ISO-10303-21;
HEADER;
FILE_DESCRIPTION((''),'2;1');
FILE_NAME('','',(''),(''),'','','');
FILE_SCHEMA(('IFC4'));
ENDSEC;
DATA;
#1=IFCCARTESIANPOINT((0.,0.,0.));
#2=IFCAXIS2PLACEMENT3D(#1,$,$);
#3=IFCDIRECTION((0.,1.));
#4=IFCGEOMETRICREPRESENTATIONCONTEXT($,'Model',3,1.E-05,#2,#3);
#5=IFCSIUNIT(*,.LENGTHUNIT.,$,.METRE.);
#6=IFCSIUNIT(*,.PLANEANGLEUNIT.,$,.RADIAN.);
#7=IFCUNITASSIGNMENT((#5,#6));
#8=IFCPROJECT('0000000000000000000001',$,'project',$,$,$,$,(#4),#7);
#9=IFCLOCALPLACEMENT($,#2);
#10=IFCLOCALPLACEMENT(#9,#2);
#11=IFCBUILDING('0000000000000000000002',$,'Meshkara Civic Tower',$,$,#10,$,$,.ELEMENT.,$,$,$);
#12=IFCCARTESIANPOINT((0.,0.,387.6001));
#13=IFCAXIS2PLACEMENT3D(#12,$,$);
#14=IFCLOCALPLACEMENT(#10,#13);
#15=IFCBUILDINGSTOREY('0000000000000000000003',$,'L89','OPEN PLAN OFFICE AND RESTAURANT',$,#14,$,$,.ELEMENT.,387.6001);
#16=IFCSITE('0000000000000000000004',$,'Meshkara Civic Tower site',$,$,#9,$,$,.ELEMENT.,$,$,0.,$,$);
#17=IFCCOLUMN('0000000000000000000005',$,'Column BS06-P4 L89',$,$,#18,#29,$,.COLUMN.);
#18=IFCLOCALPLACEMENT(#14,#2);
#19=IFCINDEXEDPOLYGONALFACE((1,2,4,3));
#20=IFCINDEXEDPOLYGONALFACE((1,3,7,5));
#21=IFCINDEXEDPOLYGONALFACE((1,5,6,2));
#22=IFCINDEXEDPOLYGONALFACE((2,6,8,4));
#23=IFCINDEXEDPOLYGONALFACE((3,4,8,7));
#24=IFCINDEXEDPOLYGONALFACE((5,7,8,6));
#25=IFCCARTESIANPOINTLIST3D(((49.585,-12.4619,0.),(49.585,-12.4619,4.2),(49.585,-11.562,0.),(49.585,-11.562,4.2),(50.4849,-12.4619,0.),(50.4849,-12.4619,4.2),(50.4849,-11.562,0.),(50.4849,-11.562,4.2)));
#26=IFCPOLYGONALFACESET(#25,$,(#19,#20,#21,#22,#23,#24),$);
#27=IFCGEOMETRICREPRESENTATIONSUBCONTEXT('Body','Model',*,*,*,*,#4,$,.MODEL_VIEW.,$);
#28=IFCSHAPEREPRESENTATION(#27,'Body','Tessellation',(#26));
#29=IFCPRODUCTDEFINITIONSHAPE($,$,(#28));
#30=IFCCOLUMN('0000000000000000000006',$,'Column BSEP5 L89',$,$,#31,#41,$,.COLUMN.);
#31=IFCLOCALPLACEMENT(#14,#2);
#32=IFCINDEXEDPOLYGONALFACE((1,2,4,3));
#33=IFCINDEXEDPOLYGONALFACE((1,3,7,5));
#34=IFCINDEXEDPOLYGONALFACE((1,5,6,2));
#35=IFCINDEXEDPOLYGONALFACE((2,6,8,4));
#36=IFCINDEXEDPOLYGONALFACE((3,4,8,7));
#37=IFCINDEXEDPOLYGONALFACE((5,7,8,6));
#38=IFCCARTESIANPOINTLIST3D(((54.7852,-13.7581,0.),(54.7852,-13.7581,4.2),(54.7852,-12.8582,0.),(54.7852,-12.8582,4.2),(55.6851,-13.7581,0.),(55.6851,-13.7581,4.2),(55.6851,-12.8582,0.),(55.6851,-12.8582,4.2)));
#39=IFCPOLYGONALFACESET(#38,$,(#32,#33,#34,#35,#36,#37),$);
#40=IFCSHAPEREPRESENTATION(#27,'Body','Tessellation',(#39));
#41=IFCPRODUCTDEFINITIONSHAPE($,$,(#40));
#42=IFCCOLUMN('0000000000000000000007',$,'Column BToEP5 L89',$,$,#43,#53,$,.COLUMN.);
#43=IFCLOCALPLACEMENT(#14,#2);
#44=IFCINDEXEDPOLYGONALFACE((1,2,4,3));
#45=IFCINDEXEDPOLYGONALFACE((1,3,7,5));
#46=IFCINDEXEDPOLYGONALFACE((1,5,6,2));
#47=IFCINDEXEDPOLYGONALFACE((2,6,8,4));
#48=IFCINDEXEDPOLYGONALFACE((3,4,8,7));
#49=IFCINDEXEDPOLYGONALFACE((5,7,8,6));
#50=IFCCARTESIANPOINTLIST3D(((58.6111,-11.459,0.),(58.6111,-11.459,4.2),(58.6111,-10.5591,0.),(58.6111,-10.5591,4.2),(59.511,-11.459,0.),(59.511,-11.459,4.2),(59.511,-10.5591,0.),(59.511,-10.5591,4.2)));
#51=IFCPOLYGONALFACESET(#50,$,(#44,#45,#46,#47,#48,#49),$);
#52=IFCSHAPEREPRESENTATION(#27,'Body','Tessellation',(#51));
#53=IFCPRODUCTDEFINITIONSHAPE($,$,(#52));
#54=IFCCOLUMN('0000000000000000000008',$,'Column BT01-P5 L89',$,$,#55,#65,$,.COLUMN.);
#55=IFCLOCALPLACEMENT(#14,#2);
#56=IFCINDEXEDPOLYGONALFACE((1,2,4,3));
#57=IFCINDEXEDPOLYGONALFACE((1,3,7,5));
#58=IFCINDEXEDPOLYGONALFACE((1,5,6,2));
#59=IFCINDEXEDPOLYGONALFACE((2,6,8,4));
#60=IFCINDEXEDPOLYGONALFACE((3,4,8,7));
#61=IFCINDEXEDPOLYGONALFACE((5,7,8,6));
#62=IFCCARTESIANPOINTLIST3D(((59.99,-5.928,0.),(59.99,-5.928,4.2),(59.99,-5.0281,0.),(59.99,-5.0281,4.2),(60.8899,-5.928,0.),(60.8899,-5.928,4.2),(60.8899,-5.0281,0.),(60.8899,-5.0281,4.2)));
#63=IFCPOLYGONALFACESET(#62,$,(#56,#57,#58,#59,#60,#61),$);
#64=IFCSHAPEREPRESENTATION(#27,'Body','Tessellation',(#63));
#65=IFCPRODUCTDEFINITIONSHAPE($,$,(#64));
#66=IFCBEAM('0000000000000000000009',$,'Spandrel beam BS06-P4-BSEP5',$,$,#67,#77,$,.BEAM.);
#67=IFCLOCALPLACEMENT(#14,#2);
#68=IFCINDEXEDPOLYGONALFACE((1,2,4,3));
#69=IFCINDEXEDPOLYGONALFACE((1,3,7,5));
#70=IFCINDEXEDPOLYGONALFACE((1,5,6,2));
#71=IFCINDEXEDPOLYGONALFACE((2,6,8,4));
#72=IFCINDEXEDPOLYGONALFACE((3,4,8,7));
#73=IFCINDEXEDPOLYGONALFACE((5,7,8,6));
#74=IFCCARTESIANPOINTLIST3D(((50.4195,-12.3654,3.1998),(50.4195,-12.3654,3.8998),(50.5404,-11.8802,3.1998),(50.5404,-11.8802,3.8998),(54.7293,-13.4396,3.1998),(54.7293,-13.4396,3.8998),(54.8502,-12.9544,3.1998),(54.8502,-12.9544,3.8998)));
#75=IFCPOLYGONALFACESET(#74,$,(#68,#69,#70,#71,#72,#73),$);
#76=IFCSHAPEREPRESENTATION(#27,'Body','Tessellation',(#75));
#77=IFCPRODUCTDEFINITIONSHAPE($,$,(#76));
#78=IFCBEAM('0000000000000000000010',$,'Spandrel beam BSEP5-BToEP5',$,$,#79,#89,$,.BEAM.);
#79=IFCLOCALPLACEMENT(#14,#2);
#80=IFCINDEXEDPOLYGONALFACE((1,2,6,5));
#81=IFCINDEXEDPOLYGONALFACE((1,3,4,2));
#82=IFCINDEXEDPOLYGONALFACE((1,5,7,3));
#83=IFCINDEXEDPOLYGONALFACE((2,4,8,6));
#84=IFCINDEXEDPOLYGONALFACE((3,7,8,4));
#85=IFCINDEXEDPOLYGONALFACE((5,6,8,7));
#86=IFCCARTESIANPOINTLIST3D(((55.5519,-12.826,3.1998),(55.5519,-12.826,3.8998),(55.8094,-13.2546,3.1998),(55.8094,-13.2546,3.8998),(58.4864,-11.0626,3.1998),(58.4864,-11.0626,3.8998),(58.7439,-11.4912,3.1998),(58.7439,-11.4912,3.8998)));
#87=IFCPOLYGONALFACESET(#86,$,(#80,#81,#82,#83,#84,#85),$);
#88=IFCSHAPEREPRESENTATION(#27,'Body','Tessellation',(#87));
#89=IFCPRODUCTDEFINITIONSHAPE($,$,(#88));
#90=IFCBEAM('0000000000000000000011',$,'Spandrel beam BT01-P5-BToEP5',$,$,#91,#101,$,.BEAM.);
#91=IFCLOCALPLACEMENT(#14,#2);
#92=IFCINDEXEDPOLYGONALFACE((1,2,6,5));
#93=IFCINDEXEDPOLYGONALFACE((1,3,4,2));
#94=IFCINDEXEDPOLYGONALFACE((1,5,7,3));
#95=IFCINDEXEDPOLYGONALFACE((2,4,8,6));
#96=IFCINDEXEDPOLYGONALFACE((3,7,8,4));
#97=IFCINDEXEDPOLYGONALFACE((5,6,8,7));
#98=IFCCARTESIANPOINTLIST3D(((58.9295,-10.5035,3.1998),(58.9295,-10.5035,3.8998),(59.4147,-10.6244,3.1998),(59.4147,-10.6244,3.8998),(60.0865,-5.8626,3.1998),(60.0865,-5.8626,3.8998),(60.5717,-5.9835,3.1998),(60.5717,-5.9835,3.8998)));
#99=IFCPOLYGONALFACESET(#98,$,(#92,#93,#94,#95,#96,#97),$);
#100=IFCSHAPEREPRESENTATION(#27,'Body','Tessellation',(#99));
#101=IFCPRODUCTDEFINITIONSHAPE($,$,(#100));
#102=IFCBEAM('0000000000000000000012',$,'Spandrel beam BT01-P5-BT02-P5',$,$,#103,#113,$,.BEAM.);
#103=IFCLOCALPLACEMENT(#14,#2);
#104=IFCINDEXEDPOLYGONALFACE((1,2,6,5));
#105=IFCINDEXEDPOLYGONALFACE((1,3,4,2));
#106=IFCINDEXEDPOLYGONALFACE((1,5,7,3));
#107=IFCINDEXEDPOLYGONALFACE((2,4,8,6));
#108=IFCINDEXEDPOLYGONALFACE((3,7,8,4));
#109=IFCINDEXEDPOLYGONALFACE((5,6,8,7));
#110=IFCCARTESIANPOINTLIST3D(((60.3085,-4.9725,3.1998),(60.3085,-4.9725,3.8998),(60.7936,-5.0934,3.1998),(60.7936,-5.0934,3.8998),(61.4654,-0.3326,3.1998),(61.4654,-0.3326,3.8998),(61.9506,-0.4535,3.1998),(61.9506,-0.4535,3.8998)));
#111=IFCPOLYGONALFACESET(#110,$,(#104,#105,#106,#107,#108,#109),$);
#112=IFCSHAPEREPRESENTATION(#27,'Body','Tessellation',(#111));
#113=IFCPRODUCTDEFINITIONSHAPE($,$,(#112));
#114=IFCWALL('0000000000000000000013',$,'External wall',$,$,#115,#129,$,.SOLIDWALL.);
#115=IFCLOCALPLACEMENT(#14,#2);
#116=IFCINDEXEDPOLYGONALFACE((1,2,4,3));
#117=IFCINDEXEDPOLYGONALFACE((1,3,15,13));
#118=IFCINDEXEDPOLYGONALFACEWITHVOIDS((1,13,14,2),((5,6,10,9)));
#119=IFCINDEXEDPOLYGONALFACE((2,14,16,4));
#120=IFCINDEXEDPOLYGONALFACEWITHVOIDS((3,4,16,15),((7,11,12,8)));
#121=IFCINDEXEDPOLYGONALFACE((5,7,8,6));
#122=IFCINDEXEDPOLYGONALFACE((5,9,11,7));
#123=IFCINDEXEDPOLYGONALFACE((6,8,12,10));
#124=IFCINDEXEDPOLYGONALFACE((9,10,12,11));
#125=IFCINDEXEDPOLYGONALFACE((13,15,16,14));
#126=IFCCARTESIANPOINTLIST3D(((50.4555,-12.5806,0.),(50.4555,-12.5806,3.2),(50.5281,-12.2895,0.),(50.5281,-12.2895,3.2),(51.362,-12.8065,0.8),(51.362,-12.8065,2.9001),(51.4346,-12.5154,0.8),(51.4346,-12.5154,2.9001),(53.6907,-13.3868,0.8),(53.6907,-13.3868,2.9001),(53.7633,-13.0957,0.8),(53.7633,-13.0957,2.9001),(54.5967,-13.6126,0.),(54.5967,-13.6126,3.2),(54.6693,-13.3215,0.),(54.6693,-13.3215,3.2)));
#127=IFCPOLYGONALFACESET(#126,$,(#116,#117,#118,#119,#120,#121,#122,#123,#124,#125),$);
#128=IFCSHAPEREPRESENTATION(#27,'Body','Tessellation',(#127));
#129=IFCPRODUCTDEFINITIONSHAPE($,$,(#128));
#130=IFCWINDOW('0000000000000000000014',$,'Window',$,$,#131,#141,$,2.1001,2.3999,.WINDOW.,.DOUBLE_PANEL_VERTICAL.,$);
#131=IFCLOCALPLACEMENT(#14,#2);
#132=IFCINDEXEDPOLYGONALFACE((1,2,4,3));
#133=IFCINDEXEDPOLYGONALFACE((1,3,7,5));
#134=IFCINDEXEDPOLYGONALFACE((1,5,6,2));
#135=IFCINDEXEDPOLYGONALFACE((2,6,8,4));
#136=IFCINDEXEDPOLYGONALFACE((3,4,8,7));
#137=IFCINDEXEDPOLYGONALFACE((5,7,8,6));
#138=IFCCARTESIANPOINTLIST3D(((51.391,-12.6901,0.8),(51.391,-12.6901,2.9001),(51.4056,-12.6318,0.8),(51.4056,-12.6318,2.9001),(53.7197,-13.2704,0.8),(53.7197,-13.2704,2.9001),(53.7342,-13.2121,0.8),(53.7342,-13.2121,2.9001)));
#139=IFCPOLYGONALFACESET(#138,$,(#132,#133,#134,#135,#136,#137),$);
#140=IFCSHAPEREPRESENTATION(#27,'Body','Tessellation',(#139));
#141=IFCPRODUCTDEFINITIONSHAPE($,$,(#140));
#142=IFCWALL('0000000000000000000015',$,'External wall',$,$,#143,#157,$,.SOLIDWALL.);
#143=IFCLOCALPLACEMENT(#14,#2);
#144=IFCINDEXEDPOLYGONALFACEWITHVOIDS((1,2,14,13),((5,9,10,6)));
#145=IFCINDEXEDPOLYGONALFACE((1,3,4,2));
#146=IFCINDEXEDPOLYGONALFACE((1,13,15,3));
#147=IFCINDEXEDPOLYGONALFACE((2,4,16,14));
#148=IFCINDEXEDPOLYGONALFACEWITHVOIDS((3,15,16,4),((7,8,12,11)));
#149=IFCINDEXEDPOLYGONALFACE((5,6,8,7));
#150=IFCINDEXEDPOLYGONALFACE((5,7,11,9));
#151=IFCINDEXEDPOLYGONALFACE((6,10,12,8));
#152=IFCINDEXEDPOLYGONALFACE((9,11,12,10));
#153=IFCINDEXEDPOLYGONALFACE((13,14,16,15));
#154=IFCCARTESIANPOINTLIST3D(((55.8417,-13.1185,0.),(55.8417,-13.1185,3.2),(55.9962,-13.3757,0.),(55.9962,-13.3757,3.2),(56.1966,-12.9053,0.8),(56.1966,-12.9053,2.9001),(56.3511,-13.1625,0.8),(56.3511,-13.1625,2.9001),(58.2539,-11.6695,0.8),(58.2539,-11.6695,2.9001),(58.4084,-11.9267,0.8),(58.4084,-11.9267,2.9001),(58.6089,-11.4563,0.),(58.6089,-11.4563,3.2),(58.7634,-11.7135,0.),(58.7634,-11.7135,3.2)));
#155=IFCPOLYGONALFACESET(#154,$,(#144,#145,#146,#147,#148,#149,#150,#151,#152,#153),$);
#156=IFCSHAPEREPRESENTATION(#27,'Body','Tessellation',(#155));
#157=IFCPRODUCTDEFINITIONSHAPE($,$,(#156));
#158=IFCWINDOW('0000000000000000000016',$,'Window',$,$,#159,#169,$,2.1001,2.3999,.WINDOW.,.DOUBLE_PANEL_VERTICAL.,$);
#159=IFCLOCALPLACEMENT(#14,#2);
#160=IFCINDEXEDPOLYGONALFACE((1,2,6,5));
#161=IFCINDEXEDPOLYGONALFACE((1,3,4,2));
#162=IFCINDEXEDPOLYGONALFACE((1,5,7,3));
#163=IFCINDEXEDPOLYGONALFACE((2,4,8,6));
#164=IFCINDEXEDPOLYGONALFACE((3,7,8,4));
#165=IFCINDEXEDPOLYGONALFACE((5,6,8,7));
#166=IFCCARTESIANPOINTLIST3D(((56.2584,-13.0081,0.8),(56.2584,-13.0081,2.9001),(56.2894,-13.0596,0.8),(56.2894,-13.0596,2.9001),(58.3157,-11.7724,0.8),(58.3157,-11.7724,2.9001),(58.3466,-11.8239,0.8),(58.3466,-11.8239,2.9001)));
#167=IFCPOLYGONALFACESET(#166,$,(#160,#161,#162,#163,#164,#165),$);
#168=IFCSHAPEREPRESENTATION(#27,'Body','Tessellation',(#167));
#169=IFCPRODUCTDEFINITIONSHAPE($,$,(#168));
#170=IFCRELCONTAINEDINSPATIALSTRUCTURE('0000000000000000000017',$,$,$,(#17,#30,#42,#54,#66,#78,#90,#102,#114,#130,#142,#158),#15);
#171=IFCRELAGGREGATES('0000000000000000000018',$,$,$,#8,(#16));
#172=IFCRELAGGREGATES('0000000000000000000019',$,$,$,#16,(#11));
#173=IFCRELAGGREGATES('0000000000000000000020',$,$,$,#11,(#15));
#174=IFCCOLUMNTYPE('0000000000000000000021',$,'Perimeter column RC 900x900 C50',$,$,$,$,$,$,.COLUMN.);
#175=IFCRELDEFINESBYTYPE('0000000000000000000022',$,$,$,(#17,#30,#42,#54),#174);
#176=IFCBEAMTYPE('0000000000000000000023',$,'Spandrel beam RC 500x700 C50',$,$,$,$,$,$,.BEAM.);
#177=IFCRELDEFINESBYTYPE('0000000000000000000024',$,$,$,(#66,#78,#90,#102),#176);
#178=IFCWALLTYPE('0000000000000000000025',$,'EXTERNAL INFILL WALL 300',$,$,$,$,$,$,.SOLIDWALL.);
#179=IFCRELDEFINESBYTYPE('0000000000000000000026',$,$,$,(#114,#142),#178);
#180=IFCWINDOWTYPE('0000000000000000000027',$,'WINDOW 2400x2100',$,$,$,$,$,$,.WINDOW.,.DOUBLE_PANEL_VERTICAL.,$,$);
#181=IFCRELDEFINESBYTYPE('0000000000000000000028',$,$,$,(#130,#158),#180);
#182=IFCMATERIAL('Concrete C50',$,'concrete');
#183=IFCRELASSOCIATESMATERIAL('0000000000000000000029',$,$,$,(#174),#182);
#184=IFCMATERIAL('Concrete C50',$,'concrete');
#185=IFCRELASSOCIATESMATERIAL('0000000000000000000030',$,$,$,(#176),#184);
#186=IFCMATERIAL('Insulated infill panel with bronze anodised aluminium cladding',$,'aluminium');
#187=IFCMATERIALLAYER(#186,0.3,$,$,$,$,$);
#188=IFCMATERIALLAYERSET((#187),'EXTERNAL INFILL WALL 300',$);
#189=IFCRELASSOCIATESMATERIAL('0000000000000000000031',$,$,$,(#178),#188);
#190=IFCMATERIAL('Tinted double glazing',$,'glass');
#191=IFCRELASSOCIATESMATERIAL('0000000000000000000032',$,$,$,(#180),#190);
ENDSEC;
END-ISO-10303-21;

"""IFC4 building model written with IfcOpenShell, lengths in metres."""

from ifc_helpers import new_model, si_unit, direction, frame, frame_2d, origin, origin_2d, place, context, subcontext, project, spatial, rectangle, extrude, material, layer, layer_set, material_profile, profile_set, type_object, element, fill, save


model = new_model("IFC4")

# Units and contexts
model_context = context("Model", 3, precision=1e-05, world=origin(), true_north=direction((0.0, 1.0)))
body_context = subcontext(model_context, "Body", "Model", "MODEL_VIEW")
ifc_project = project(units=[si_unit("LENGTHUNIT", "METRE"), si_unit("PLANEANGLEUNIT", "RADIAN")], contexts=[model_context])

# Site, building, storey
site_placement = place(None, origin())
site = spatial("IfcSite", under=ifc_project, at=site_placement, Name="Meshkara Civic Tower site", CompositionType="ELEMENT", RefElevation=0.0)
building_placement = place(site_placement, origin())
building = spatial("IfcBuilding", under=site, at=building_placement, Name="Meshkara Civic Tower", CompositionType="ELEMENT")
storey_placement = place(building_placement, frame((0.0, 0.0, 387.6001)))
storey = spatial("IfcBuildingStorey", under=building, at=storey_placement, Name="L89", Description="OPEN PLAN OFFICE AND RESTAURANT", CompositionType="ELEMENT", Elevation=387.6001)

# Columns
ifc_material_1 = material(Name="Concrete C50", Category="concrete")
ifc_material_profile_1 = material_profile(ifc_material_1, rectangle(XDim=0.8999, YDim=0.8999, at=origin_2d()))
ifc_profile_set_1 = profile_set([ifc_material_profile_1], Name="Concrete C50")
column_type = type_object("IfcColumnType", Name="Perimeter column RC 900x900 C50", PredefinedType="COLUMN", material=ifc_profile_set_1)
for number, where, z_axis, x_axis, name in (
    (1, (50.0349, -12.012, 0.0), (0.0, 0.0, 1.0), (1.0, 0.0, 0.0), "Column BS06-P4 L89"),
    (2, (55.2351, -13.3081, 0.0), (0.0, 0.0, 1.0), (1.0, 0.0, 0.0), "Column BSEP5 L89"),
    (3, (59.061, -11.009, 0.0), (0.0, 0.0, 1.0), (1.0, 0.0, 0.0), "Column BToEP5 L89"),
    (4, (60.4399, -5.478, 0.0), (0.0, 0.0, 1.0), (1.0, 0.0, 0.0), "Column BT01-P5 L89"),
):
    element("IfcColumn", number, at=place(storey_placement, frame(where, z_axis=z_axis, x_axis=x_axis)), inside=storey, type_object=column_type, Name=name, PredefinedType="COLUMN", context=body_context, shape_type="SweptSolid", body=[
        extrude(rectangle(XDim=0.8999, YDim=0.8999, at=origin_2d()), origin(), (0.0, 0.0, 1.0), 4.2),
    ])

# Beams
ifc_material_2 = material(Name="Concrete C50", Category="concrete")
ifc_material_profile_2 = material_profile(ifc_material_2, rectangle(XDim=0.5, YDim=0.7, at=origin_2d()))
ifc_profile_set_2 = profile_set([ifc_material_profile_2], Name="Concrete C50")
beam_type = type_object("IfcBeamType", Name="Spandrel beam RC 500x700 C50", PredefinedType="BEAM", material=ifc_profile_set_2)
beam_1_placement = place(storey_placement, frame((50.48, -12.1228, 3.5498), z_axis=(0.970314, -0.24185, 0.0), x_axis=(0.24185, 0.970314, 0.0)))
element("IfcBeam", 5, at=beam_1_placement, inside=storey, type_object=beam_type, Name="Spandrel beam BS06-P4-BSEP5", PredefinedType="BEAM", context=body_context, shape_type="SweptSolid", body=[
    extrude(rectangle(XDim=0.5, YDim=0.7, at=origin_2d()), origin(), (0.0, 0.0, 1.0), 4.4417),
])
beam_2_placement = place(storey_placement, frame((55.6807, -13.0403, 3.5498), z_axis=(0.857147, 0.515072, 0.0), x_axis=(-0.515072, 0.857147, 0.0)))
element("IfcBeam", 6, at=beam_2_placement, inside=storey, type_object=beam_type, Name="Spandrel beam BSEP5-BToEP5", PredefinedType="BEAM", context=body_context, shape_type="SweptSolid", body=[
    extrude(rectangle(XDim=0.5, YDim=0.7, at=origin_2d()), origin(), (0.0, 0.0, 1.0), 3.4236),
])
beam_3_placement = place(storey_placement, frame((59.1721, -10.564, 3.5498), z_axis=(0.241899, 0.970301, 0.0), x_axis=(-0.970301, 0.241899, 0.0)))
element("IfcBeam", 7, at=beam_3_placement, inside=storey, type_object=beam_type, Name="Spandrel beam BT01-P5-BToEP5", PredefinedType="BEAM", context=body_context, shape_type="SweptSolid", body=[
    extrude(rectangle(XDim=0.5, YDim=0.7, at=origin_2d()), origin(), (0.0, 0.0, 1.0), 4.783),
])
beam_4_placement = place(storey_placement, frame((60.551, -5.033, 3.5498), z_axis=(0.241947, 0.970289, 0.0), x_axis=(-0.970289, 0.241947, 0.0)))
element("IfcBeam", 8, at=beam_4_placement, inside=storey, type_object=beam_type, Name="Spandrel beam BT01-P5-BT02-P5", PredefinedType="BEAM", context=body_context, shape_type="SweptSolid", body=[
    extrude(rectangle(XDim=0.5, YDim=0.7, at=origin_2d()), origin(), (0.0, 0.0, 1.0), 4.782),
])

# Walls, openings, windows
ifc_material_3 = material(Name="Insulated infill panel with bronze anodised aluminium cladding", Category="aluminium")
ifc_layer_1 = layer(ifc_material_3, 0.3)
ifc_layer_set_1 = layer_set([ifc_layer_1], Name="EXTERNAL INFILL WALL 300")
wall_type_1 = type_object("IfcWallType", Name="EXTERNAL INFILL WALL 300", PredefinedType="SOLIDWALL", material=ifc_layer_set_1)
wall_1_placement = place(storey_placement, frame((50.4919, -12.4351, 0.0), z_axis=(0.0, 0.0, 1.0), x_axis=(0.970324, -0.241809, 0.0)))
wall_1 = element("IfcWall", 9, at=wall_1_placement, inside=storey, type_object=wall_type_1, Name="External wall", PredefinedType="SOLIDWALL", context=body_context, shape_type="SweptSolid", body=[
    extrude(rectangle(XDim=4.2678, YDim=0.3, at=frame_2d((2.1338, 0.0))), origin(), (0.0, 0.0, 1.0), 3.2),
])
opening_1_placement = place(wall_1_placement, frame((0.9341, 0.0, 0.8)))
opening_1 = element("IfcOpeningElement", 10, at=opening_1_placement, cuts=wall_1, PredefinedType="OPENING", context=body_context, shape_type="SweptSolid", body=[
    extrude(rectangle(XDim=2.3999, YDim=2.1001, at=frame_2d((1.2, 1.05))), frame((0.0, 0.1599, 0.0), z_axis=(0.0, -1.0, 0.0), x_axis=(1.0, 0.0, 0.0)), (0.0, 0.0, 1.0), 0.3201),
])
ifc_material_4 = material(Name="Tinted double glazing", Category="glass")
window_type = type_object("IfcWindowType", Name="WINDOW 2400x2100", PartitioningType="DOUBLE_PANEL_VERTICAL", PredefinedType="WINDOW", material=ifc_material_4)
window_1_placement = place(opening_1_placement, origin())
window_1 = element("IfcWindow", 11, at=window_1_placement, inside=storey, type_object=window_type, Name="Window", OverallHeight=2.1001, OverallWidth=2.3999, PartitioningType="DOUBLE_PANEL_VERTICAL", PredefinedType="WINDOW", context=body_context, shape_type="SweptSolid", body=[
    extrude(rectangle(XDim=2.3999, YDim=2.1001, at=frame_2d((1.2, 1.05))), frame((0.0, 0.03, 0.0), z_axis=(0.0, -1.0, 0.0), x_axis=(1.0, 0.0, 0.0)), (0.0, 0.0, 1.0), 0.0601),
])
fill(opening_1, window_1)
wall_2_placement = place(storey_placement, frame((55.9189, -13.2471, 0.0), z_axis=(0.0, 0.0, 1.0), x_axis=(0.857239, 0.514918, 0.0)))
wall_2 = element("IfcWall", 12, at=wall_2_placement, inside=storey, type_object=wall_type_1, Name="External wall", PredefinedType="SOLIDWALL", context=body_context, shape_type="SweptSolid", body=[
    extrude(rectangle(XDim=3.228, YDim=0.3, at=frame_2d((1.614, 0.0))), origin(), (0.0, 0.0, 1.0), 3.2),
])
opening_2_placement = place(wall_2_placement, frame((0.4141, 0.0, 0.8)))
opening_2 = element("IfcOpeningElement", 13, at=opening_2_placement, cuts=wall_2, PredefinedType="OPENING", context=body_context, shape_type="SweptSolid", body=[
    extrude(rectangle(XDim=2.3999, YDim=2.1001, at=frame_2d((1.2, 1.05))), frame((0.0, 0.1599, 0.0), z_axis=(0.0, -1.0, 0.0), x_axis=(1.0, 0.0, 0.0)), (0.0, 0.0, 1.0), 0.3201),
])
window_2_placement = place(opening_2_placement, origin())
window_2 = element("IfcWindow", 14, at=window_2_placement, inside=storey, type_object=window_type, Name="Window", OverallHeight=2.1001, OverallWidth=2.3999, PartitioningType="DOUBLE_PANEL_VERTICAL", PredefinedType="WINDOW", context=body_context, shape_type="SweptSolid", body=[
    extrude(rectangle(XDim=2.3999, YDim=2.1001, at=frame_2d((1.2, 1.05))), frame((0.0, 0.03, 0.0), z_axis=(0.0, -1.0, 0.0), x_axis=(1.0, 0.0, 0.0)), (0.0, 0.0, 1.0), 0.0601),
])
fill(opening_2, window_2)

save(model, "model.ifc")
